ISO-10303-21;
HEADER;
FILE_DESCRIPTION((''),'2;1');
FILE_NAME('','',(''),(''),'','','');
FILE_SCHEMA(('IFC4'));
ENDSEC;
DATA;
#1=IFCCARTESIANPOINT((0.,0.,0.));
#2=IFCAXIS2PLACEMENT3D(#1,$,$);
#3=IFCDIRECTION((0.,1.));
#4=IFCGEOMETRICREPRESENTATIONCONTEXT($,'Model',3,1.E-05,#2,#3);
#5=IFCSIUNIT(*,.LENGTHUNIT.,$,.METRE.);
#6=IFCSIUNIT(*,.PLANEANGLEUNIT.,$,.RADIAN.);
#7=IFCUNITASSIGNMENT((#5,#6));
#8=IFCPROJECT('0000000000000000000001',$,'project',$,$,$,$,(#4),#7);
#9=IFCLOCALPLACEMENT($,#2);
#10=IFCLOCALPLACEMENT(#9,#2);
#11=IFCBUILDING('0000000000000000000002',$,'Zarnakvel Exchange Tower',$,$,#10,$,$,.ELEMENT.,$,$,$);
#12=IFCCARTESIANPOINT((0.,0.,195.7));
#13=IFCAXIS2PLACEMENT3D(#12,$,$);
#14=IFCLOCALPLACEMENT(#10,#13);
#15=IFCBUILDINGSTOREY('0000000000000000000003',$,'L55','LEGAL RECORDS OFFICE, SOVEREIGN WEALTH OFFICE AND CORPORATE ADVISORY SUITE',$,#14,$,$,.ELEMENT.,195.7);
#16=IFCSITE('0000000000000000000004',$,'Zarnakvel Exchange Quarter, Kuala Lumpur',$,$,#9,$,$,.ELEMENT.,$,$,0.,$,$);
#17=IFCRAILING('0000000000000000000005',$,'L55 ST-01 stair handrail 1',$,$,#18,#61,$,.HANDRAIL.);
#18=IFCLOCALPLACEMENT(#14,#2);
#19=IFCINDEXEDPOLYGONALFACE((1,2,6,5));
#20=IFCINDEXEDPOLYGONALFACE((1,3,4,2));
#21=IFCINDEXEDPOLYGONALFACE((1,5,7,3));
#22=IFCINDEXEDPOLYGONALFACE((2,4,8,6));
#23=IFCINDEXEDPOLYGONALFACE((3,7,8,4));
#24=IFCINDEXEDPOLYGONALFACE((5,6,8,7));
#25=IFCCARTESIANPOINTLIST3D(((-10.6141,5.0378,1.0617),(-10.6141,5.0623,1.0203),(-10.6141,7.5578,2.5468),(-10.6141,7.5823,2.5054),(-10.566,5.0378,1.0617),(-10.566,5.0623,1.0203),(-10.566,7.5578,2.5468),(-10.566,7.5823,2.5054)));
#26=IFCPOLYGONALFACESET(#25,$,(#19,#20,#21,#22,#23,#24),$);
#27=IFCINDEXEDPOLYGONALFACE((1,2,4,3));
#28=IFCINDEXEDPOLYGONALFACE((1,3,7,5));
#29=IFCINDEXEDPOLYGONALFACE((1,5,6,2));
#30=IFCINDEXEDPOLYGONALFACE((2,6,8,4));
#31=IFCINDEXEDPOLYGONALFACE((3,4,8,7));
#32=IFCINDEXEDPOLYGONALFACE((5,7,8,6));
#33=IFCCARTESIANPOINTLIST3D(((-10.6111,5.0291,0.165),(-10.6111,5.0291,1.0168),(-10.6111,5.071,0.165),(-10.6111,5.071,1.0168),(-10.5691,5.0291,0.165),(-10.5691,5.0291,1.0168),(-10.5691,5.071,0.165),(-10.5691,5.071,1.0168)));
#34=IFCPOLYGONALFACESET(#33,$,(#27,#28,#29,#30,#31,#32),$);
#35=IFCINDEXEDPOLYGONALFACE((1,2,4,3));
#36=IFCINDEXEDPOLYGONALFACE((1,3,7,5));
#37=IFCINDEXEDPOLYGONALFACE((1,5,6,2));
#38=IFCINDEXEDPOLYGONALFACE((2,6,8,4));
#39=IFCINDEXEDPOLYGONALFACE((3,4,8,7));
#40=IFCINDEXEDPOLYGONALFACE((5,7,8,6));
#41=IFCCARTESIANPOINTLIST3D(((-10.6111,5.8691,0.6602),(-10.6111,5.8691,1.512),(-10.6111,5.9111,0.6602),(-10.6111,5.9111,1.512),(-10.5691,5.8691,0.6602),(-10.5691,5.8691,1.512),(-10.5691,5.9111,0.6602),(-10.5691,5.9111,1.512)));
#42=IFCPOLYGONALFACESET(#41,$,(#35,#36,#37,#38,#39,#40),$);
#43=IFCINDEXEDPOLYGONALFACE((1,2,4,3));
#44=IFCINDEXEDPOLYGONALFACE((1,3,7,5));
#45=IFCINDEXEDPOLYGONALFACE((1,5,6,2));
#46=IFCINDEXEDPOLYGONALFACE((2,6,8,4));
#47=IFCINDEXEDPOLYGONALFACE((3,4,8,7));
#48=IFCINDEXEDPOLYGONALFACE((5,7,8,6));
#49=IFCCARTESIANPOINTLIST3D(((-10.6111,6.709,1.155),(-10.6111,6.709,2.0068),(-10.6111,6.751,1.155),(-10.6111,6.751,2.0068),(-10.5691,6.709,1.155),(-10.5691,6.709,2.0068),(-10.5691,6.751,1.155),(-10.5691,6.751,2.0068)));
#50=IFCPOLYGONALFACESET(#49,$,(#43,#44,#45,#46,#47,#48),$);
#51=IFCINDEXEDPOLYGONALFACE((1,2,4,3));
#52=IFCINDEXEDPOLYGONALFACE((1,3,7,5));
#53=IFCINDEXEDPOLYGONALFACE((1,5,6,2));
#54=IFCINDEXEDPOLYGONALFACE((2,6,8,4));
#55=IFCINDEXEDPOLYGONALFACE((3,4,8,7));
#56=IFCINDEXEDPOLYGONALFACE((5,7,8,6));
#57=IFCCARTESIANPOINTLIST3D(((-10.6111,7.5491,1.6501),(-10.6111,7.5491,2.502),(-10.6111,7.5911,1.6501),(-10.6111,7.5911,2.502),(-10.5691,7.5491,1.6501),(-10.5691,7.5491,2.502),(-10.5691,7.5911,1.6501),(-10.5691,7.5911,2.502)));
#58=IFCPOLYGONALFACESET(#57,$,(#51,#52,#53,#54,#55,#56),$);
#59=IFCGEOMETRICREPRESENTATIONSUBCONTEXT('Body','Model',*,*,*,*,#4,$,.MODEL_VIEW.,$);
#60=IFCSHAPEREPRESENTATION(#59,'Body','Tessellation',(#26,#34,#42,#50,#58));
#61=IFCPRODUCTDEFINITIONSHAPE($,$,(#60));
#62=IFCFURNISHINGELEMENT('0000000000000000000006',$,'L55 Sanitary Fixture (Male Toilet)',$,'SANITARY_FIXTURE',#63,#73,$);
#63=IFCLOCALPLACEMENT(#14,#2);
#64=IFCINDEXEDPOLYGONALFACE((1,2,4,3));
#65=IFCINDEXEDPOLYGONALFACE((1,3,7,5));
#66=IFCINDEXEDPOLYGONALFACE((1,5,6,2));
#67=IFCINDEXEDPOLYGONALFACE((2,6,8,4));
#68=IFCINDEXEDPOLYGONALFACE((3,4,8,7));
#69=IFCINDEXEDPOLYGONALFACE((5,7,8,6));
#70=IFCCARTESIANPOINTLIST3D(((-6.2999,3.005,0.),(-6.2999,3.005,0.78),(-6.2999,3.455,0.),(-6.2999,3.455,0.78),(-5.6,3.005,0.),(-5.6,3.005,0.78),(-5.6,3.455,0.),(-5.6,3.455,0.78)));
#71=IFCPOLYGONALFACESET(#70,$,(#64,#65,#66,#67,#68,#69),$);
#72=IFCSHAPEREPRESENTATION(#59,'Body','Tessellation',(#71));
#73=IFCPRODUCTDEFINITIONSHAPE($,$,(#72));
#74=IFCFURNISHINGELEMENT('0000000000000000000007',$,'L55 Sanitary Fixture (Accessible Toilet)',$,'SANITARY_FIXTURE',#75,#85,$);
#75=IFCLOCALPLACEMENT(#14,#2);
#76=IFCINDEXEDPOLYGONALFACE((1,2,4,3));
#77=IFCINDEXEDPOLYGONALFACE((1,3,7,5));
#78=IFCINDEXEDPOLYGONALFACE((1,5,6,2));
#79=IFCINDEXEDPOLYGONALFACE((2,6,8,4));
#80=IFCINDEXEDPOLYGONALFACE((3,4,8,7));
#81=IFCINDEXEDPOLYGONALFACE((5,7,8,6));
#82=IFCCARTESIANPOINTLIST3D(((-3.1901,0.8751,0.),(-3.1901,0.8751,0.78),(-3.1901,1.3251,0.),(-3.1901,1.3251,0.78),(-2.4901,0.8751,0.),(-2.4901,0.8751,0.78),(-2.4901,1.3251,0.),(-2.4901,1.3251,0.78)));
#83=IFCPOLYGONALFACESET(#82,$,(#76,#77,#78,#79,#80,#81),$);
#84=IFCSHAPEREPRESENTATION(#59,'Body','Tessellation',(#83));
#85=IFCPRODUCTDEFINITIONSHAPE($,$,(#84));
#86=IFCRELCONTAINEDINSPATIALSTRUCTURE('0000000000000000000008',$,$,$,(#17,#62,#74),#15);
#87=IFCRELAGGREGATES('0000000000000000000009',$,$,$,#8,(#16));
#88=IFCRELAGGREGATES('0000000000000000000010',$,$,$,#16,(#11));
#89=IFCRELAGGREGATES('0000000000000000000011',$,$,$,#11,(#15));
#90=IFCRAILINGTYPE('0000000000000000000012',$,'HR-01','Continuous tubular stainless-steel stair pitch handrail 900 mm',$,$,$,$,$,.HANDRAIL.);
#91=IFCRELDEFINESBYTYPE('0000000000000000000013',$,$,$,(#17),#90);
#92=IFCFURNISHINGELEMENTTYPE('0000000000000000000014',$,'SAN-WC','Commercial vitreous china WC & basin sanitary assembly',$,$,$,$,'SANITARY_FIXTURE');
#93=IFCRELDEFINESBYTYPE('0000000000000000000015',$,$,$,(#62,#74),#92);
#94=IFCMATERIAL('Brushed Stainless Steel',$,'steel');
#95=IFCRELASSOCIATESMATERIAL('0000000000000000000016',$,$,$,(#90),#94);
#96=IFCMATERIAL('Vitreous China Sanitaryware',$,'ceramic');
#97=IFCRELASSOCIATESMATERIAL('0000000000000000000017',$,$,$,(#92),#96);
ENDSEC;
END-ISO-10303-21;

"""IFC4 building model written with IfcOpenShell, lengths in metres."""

from ifc_helpers import new_model, si_unit, direction, frame, origin, origin_2d, place, context, subcontext, project, spatial, rectangle, extrude, source, transform, mapped, material, type_object, element, save


model = new_model("IFC4")

# Units and contexts
model_context = context("Model", 3, precision=1e-05, world=origin(), true_north=direction((0.0, 1.0)))
body_context = subcontext(model_context, "Body", "Model", "MODEL_VIEW")
ifc_project = project(units=[si_unit("LENGTHUNIT", "METRE"), si_unit("PLANEANGLEUNIT", "RADIAN")], contexts=[model_context])

# Site, building, storey
site_placement = place(None, origin())
site = spatial("IfcSite", under=ifc_project, at=site_placement, Name="Zarnakvel Exchange Quarter, Kuala Lumpur", CompositionType="ELEMENT", RefElevation=0.0)
building_placement = place(site_placement, origin())
building = spatial("IfcBuilding", under=site, at=building_placement, Name="Zarnakvel Exchange Tower", CompositionType="ELEMENT")
storey_placement = place(building_placement, frame((0.0, 0.0, 195.7)))
storey = spatial("IfcBuildingStorey", under=building, at=storey_placement, Name="L55", Description="LEGAL RECORDS OFFICE, SOVEREIGN WEALTH OFFICE AND CORPORATE ADVISORY SUITE", CompositionType="ELEMENT", Elevation=195.7)

# Shared definitions
ifc_material_1 = material(Name="Brushed Stainless Steel", Category="steel")

# Railing
railing_type = type_object("IfcRailingType", Name="HR-01", Description="Continuous tubular stainless-steel stair pitch handrail 900 mm", PredefinedType="HANDRAIL", material=ifc_material_1)
railing_placement = place(storey_placement, frame((-10.5901, 5.05, 0.165)))
element("IfcRailing", 1, at=railing_placement, inside=storey, type_object=railing_type, Name="L55 ST-01 stair handrail 1", PredefinedType="HANDRAIL", context=body_context, shape_type="SweptSolid", body=[
    extrude(rectangle(XDim=0.0481, YDim=0.0481, at=origin_2d()), frame((0.0, 0.0, 0.876), z_axis=(0.0, 0.861524, 0.507717), x_axis=(-1.0, 0.0, 0.0)), (0.0, 0.0, 1.0), 2.925),
    extrude(rectangle(XDim=0.042, YDim=0.042, at=origin_2d()), origin(), (0.0, 0.0, 1.0), 0.8518),
    extrude(rectangle(XDim=0.042, YDim=0.042, at=origin_2d()), frame((0.0, 0.8401, 0.4951)), (0.0, 0.0, 1.0), 0.8518),
    extrude(rectangle(XDim=0.042, YDim=0.042, at=origin_2d()), frame((0.0, 1.6799, 0.99)), (0.0, 0.0, 1.0), 0.8518),
    extrude(rectangle(XDim=0.042, YDim=0.042, at=origin_2d()), frame((0.0, 2.52, 1.4851)), (0.0, 0.0, 1.0), 0.8518),
])

# Furnishing elements
ifc_material_2 = material(Name="Vitreous China Sanitaryware", Category="ceramic")
furnishing_element_type = type_object("IfcFurnishingElementType", Name="SAN-WC", Description="Commercial vitreous china WC & basin sanitary assembly", ElementType="SANITARY_FIXTURE", material=ifc_material_2)
shared_shape_1 = source(origin(), body_context, "Body", "SweptSolid", [
    extrude(rectangle(XDim=0.7, YDim=0.45, at=origin_2d()), origin(), (0.0, 0.0, 1.0), 0.78),
])
for number, where, z_axis, x_axis, name in (
    (2, (-5.95, 3.23, 0.0), (0.0, 0.0, 1.0), (1.0, 0.0, 0.0), "L55 Sanitary Fixture (Male Toilet)"),
    (3, (-2.8401, 1.1001, 0.0), (0.0, 0.0, 1.0), (1.0, 0.0, 0.0), "L55 Sanitary Fixture (Accessible Toilet)"),
):
    element("IfcFurnishingElement", number, at=place(storey_placement, frame(where, z_axis=z_axis, x_axis=x_axis)), inside=storey, type_object=furnishing_element_type, Name=name, ObjectType="SANITARY_FIXTURE", context=body_context, shape_type="MappedRepresentation", body=[
        mapped(shared_shape_1, transform((0.0, 0.0, 0.0), x_axis=(1.0, 0.0, 0.0), y_axis=(0.0, 1.0, 0.0), z_axis=(0.0, 0.0, 1.0), scale=1.0)),
    ])

save(model, "model.ifc")
